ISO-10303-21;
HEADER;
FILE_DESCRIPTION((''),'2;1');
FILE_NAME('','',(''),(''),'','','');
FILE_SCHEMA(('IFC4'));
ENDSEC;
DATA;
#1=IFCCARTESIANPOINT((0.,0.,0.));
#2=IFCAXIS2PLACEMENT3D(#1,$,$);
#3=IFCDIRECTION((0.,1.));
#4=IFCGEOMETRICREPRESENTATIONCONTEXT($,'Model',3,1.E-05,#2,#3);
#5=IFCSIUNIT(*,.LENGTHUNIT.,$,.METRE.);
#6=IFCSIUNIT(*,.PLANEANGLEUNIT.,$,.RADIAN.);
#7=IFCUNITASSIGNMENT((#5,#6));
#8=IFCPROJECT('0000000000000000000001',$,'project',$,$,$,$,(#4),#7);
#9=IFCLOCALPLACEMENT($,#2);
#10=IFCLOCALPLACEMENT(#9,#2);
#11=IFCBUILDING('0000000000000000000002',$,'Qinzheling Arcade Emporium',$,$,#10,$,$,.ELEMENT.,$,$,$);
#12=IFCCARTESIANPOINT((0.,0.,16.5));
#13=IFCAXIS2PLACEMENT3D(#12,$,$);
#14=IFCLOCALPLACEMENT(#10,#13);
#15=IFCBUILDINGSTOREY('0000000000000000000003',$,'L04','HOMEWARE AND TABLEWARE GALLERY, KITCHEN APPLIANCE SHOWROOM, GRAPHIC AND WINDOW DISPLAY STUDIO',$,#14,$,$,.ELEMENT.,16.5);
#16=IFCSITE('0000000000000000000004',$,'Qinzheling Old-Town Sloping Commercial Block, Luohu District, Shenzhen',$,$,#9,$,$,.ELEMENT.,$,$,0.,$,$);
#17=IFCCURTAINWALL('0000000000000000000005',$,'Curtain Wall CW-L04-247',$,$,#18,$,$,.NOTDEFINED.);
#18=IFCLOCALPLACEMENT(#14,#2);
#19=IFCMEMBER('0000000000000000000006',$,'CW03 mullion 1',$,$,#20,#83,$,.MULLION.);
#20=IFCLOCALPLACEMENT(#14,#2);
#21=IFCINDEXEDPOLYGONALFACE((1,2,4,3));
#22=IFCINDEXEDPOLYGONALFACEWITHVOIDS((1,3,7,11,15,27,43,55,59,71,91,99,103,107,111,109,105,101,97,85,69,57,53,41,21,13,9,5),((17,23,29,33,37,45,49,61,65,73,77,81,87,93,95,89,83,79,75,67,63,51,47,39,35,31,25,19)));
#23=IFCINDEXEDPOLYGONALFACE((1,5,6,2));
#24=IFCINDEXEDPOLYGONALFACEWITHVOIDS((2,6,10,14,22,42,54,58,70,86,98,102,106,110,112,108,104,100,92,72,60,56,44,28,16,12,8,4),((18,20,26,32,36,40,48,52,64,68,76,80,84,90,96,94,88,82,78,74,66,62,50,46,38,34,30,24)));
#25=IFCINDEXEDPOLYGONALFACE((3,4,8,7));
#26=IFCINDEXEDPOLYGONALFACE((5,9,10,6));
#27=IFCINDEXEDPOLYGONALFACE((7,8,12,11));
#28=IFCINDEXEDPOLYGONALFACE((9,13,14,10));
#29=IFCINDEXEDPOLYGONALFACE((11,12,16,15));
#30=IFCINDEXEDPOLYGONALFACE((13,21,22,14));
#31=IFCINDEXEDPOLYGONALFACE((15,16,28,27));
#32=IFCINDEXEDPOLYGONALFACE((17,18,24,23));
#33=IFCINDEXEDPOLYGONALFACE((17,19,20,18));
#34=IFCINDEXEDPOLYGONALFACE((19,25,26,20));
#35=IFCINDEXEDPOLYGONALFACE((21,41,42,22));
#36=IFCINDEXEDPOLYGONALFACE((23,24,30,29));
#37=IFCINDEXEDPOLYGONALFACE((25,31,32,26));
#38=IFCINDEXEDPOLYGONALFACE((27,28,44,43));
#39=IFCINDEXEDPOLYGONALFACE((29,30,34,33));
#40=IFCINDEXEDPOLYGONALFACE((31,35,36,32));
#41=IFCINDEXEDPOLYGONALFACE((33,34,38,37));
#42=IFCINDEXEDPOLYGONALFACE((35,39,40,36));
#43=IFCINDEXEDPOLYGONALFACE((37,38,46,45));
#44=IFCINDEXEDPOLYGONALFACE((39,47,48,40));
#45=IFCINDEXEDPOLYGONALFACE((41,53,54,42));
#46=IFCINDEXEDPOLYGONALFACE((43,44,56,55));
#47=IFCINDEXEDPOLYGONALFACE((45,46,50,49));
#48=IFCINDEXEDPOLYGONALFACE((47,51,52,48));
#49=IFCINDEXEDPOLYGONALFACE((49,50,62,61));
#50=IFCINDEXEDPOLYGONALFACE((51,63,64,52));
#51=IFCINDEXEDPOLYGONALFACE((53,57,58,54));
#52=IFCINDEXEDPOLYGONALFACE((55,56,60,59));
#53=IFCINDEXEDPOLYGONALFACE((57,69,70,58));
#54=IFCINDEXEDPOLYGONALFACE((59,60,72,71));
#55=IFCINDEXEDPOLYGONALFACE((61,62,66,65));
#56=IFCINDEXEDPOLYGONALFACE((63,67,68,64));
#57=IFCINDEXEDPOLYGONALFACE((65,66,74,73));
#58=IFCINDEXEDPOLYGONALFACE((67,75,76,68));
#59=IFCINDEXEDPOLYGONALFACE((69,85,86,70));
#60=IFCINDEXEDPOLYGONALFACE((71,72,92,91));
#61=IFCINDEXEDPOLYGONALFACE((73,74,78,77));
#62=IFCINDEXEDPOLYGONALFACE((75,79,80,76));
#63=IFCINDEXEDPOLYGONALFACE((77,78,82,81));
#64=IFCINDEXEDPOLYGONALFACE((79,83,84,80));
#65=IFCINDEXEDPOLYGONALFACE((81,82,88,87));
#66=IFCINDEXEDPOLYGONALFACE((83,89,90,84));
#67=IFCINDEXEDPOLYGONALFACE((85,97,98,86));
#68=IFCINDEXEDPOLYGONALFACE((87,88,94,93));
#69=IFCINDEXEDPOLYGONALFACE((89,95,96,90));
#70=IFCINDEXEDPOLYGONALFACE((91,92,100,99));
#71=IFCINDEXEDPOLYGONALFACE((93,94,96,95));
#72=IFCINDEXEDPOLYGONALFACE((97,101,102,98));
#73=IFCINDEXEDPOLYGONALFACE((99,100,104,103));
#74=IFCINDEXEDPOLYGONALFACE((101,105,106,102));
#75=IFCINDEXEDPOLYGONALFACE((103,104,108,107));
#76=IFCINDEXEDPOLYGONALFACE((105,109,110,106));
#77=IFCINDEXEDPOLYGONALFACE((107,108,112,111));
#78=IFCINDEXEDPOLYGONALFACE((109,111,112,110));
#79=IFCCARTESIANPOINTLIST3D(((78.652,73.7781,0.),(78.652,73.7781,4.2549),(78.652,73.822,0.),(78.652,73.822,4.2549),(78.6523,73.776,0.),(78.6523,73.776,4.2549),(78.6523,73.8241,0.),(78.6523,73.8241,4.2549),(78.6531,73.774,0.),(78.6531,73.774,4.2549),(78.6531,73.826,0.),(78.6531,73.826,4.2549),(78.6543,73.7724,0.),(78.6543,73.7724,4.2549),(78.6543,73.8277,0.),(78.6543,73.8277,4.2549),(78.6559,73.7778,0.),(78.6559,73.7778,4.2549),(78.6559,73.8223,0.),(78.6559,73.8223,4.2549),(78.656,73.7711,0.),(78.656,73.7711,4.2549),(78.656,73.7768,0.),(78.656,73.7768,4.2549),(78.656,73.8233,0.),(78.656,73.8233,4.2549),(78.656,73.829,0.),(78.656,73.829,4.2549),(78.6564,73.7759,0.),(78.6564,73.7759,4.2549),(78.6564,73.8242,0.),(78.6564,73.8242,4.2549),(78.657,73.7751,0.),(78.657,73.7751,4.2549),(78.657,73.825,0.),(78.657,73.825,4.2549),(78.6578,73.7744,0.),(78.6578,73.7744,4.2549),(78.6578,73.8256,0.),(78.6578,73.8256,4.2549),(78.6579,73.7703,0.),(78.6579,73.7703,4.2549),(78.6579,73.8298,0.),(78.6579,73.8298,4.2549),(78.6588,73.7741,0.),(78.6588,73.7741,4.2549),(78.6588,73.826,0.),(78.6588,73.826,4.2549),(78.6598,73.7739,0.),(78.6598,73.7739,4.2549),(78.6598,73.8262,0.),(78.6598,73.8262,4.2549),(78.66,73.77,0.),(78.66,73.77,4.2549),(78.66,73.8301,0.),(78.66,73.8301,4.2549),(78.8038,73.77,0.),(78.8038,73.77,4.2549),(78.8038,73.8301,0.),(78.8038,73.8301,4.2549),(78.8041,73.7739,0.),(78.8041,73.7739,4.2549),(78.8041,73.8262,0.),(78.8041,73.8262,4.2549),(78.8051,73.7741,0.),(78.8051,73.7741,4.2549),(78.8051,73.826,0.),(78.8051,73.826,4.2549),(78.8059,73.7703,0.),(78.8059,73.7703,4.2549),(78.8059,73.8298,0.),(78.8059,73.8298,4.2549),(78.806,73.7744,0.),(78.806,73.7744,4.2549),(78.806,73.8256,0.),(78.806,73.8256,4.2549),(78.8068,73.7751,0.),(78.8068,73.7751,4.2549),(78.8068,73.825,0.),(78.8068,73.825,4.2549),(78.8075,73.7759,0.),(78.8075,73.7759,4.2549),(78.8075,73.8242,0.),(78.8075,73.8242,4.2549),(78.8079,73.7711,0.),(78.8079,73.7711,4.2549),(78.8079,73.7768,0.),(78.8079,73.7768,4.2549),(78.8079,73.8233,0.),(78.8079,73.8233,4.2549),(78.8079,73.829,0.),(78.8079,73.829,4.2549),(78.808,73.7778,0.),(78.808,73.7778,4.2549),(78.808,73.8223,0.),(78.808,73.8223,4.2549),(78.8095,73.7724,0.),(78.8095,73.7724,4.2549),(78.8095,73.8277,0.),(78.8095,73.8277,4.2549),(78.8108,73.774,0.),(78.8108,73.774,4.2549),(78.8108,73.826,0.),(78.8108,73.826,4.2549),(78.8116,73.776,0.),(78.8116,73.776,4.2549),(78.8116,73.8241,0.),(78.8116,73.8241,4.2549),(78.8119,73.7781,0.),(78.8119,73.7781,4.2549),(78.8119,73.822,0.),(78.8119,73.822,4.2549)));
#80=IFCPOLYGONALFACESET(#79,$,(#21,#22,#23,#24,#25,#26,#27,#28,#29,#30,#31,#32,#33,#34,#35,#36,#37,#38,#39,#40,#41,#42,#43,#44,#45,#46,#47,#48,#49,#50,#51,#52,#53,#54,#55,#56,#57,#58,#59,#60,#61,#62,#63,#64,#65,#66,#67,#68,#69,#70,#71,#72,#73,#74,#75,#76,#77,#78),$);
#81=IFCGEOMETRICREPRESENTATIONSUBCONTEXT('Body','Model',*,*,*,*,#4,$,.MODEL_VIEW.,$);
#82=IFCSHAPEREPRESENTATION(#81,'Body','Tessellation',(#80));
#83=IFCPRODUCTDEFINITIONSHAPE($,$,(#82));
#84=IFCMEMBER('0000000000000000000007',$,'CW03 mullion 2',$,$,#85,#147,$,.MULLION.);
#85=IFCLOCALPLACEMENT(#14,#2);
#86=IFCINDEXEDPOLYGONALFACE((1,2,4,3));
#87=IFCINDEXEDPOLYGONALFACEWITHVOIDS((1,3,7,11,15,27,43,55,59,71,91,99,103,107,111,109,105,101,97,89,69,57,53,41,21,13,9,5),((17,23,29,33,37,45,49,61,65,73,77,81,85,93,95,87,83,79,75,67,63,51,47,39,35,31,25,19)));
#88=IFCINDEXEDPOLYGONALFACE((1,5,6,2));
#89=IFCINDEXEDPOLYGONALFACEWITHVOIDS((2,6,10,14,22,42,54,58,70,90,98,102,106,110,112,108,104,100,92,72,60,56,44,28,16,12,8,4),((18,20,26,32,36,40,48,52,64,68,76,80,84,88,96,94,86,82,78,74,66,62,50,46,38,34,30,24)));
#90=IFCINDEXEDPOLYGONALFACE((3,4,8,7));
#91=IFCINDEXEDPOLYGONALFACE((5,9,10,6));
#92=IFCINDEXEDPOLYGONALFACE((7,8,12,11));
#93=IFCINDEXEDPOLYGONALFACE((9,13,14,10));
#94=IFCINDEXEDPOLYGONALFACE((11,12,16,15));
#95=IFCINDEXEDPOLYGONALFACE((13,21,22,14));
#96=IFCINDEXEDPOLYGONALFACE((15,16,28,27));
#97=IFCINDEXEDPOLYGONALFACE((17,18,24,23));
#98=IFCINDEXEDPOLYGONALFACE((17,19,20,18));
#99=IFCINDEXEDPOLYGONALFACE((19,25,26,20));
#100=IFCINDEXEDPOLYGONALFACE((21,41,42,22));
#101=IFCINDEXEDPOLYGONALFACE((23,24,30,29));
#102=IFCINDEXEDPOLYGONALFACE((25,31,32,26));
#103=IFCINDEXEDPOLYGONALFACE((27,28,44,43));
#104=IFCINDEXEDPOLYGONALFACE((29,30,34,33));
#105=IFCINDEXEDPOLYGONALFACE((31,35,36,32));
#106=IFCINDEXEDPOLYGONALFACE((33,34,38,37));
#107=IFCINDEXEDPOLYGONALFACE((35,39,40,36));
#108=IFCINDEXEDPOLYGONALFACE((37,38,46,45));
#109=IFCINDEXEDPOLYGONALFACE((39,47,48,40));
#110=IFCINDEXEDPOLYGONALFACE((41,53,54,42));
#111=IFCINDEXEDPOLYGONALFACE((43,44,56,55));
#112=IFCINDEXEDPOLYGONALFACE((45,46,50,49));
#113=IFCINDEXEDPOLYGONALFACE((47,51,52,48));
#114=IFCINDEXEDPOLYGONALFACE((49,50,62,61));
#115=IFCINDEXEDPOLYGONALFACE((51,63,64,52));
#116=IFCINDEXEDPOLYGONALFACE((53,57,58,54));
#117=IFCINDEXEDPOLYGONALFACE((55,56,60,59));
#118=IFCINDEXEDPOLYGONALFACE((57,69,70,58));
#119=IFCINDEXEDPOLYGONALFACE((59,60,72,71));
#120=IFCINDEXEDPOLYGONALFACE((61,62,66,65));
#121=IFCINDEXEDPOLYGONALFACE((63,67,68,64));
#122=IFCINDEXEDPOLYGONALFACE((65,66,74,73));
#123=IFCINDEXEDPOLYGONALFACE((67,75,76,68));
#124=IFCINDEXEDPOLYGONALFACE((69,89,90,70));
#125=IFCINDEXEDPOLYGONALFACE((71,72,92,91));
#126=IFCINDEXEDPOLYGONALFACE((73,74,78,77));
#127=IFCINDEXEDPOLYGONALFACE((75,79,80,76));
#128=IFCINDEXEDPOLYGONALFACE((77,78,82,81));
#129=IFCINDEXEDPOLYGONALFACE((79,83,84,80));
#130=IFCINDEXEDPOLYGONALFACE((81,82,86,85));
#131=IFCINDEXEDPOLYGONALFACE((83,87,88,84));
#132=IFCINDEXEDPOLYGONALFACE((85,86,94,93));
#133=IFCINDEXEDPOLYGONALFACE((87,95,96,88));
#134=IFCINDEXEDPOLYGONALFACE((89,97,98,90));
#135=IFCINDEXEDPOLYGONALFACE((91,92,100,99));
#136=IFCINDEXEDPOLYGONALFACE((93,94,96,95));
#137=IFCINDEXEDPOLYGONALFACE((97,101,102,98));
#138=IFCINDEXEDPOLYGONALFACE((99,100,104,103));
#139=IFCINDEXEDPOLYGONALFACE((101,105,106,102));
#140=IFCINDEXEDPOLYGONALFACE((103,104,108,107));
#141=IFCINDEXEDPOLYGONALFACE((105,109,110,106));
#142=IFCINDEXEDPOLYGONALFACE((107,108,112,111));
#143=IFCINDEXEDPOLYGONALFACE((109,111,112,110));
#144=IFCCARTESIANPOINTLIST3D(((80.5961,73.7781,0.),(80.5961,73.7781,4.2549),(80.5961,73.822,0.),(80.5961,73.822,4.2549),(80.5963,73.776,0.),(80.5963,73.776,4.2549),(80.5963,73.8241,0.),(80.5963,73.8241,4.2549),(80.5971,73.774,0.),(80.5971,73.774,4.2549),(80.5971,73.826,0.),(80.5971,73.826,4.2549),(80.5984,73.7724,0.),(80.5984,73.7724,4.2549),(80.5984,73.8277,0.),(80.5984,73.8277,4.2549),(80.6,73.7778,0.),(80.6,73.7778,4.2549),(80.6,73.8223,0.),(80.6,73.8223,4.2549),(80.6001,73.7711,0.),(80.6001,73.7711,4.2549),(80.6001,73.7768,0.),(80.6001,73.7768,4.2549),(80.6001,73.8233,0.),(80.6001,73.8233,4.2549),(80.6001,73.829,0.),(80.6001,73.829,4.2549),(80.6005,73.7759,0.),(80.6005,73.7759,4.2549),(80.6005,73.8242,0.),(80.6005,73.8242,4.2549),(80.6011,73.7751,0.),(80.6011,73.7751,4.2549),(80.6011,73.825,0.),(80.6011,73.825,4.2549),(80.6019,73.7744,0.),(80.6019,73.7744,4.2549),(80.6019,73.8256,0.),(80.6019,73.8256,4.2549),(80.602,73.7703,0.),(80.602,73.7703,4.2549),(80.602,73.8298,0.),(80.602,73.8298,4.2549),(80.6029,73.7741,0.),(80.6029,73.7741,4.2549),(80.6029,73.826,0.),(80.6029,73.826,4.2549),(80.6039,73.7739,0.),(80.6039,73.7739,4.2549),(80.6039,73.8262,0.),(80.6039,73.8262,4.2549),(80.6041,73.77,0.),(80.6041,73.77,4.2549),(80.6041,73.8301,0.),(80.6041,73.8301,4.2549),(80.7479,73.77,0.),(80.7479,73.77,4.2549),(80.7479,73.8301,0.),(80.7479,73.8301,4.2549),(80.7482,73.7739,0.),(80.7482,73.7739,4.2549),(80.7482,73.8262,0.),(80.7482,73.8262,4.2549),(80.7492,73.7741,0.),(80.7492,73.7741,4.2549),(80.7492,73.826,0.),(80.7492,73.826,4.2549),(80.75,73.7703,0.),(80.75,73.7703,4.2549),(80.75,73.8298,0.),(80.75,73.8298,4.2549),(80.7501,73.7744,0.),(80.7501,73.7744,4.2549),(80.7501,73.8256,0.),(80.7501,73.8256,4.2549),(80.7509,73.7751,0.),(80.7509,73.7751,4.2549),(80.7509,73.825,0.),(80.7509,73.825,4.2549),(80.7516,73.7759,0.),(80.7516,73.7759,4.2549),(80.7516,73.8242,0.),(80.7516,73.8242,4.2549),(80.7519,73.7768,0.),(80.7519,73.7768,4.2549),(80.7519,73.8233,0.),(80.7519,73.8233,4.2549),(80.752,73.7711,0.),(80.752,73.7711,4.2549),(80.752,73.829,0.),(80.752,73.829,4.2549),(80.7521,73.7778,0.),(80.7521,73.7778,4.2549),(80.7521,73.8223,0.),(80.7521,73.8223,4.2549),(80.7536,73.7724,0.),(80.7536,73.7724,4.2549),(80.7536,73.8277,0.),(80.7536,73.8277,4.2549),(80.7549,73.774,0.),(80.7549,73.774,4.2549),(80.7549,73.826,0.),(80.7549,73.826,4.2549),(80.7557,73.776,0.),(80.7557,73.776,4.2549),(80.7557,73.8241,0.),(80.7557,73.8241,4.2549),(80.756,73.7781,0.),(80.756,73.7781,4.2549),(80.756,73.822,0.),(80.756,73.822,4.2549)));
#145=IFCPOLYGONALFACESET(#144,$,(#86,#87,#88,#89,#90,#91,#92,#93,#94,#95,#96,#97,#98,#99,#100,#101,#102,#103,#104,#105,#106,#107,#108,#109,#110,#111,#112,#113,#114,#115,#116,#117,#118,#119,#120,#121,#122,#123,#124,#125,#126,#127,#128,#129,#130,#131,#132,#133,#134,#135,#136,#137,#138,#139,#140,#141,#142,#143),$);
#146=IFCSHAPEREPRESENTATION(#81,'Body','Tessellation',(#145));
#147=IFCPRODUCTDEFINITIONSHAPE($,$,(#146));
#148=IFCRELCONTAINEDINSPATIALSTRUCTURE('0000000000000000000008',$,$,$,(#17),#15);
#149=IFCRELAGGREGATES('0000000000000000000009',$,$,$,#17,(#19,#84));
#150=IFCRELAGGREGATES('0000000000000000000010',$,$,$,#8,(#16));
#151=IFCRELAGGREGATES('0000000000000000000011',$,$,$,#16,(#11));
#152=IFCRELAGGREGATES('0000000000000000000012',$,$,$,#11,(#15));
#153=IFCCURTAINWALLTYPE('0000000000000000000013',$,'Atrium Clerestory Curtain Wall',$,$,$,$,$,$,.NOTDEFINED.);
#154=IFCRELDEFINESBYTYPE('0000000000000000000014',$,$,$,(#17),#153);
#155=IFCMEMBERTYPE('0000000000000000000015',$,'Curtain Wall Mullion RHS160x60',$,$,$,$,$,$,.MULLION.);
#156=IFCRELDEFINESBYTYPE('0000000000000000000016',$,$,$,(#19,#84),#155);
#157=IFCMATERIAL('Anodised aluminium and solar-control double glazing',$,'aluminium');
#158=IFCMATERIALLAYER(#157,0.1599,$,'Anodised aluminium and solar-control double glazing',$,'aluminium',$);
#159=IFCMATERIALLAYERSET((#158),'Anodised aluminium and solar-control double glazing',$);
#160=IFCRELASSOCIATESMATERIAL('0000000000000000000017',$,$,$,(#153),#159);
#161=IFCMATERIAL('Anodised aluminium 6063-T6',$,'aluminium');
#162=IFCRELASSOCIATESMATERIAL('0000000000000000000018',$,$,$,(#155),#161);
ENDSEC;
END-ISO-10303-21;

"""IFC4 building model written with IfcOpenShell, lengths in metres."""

from ifc_helpers import new_model, si_unit, direction, frame, origin, origin_2d, place, context, subcontext, project, spatial, hollow_rectangle, extrude, material, layer, layer_set, material_profile, profile_set, type_object, element, aggregate, save


model = new_model("IFC4")

# Units and contexts
model_context = context("Model", 3, precision=1e-05, world=origin(), true_north=direction((0.0, 1.0)))
body_context = subcontext(model_context, "Body", "Model", "MODEL_VIEW")
ifc_project = project(units=[si_unit("LENGTHUNIT", "METRE"), si_unit("PLANEANGLEUNIT", "RADIAN")], contexts=[model_context])

# Site, building, storey
site_placement = place(None, origin())
site = spatial("IfcSite", under=ifc_project, at=site_placement, Name="Qinzheling Old-Town Sloping Commercial Block, Luohu District, Shenzhen", CompositionType="ELEMENT", RefElevation=0.0)
building_placement = place(site_placement, origin())
building = spatial("IfcBuilding", under=site, at=building_placement, Name="Qinzheling Arcade Emporium", CompositionType="ELEMENT")
storey_placement = place(building_placement, frame((0.0, 0.0, 16.5)))
storey = spatial("IfcBuildingStorey", under=building, at=storey_placement, Name="L04", Description="HOMEWARE AND TABLEWARE GALLERY, KITCHEN APPLIANCE SHOWROOM, GRAPHIC AND WINDOW DISPLAY STUDIO", CompositionType="ELEMENT", Elevation=16.5)

# Curtain wall, members
ifc_material_1 = material(Name="Anodised aluminium and solar-control double glazing", Category="aluminium")
ifc_layer_1 = layer(ifc_material_1, 0.1599, Name="Anodised aluminium and solar-control double glazing", Category="aluminium")
ifc_layer_set_1 = layer_set([ifc_layer_1], Name="Anodised aluminium and solar-control double glazing")
curtain_wall_type = type_object("IfcCurtainWallType", Name="Atrium Clerestory Curtain Wall", PredefinedType="NOTDEFINED", material=ifc_layer_set_1)
ifc_material_2 = material(Name="Anodised aluminium 6063-T6", Category="aluminium")
ifc_material_profile_1 = material_profile(ifc_material_2, hollow_rectangle(XDim=0.0601, YDim=0.1599, WallThickness=0.0039, InnerFilletRadius=0.0039, OuterFilletRadius=0.0081, at=origin_2d()), Name="RHS 160x60x4", Category="aluminium")
ifc_profile_set_1 = profile_set([ifc_material_profile_1], Name="Anodised aluminium 6063-T6")
member_type_1 = type_object("IfcMemberType", Name="Curtain Wall Mullion RHS160x60", PredefinedType="MULLION", material=ifc_profile_set_1)
curtain_wall_1_placement = place(storey_placement, origin())
curtain_wall_1 = element("IfcCurtainWall", 1, at=curtain_wall_1_placement, inside=storey, type_object=curtain_wall_type, Name="Curtain Wall CW-L04-247", PredefinedType="NOTDEFINED")
member_1_placement = place(storey_placement, frame((78.7319, 73.8, 0.0), z_axis=(0.0, 0.0, 1.0), x_axis=(0.0, 1.0, 0.0)))
member_1 = element("IfcMember", 2, at=member_1_placement, type_object=member_type_1, Name="CW03 mullion 1", PredefinedType="MULLION", context=body_context, shape_type="SweptSolid", body=[
    extrude(hollow_rectangle(XDim=0.0601, YDim=0.1599, WallThickness=0.0039, InnerFilletRadius=0.0039, OuterFilletRadius=0.0081, at=origin_2d()), origin(), (0.0, 0.0, 1.0), 4.2549),
])
member_2_placement = place(storey_placement, frame((80.676, 73.8, 0.0), z_axis=(0.0, 0.0, 1.0), x_axis=(0.0, 1.0, 0.0)))
member_2 = element("IfcMember", 3, at=member_2_placement, type_object=member_type_1, Name="CW03 mullion 2", PredefinedType="MULLION", context=body_context, shape_type="SweptSolid", body=[
    extrude(hollow_rectangle(XDim=0.0601, YDim=0.1599, WallThickness=0.0039, InnerFilletRadius=0.0039, OuterFilletRadius=0.0081, at=origin_2d()), origin(), (0.0, 0.0, 1.0), 4.2549),
])

aggregate(curtain_wall_1, [member_1, member_2])

save(model, "model.ifc")
